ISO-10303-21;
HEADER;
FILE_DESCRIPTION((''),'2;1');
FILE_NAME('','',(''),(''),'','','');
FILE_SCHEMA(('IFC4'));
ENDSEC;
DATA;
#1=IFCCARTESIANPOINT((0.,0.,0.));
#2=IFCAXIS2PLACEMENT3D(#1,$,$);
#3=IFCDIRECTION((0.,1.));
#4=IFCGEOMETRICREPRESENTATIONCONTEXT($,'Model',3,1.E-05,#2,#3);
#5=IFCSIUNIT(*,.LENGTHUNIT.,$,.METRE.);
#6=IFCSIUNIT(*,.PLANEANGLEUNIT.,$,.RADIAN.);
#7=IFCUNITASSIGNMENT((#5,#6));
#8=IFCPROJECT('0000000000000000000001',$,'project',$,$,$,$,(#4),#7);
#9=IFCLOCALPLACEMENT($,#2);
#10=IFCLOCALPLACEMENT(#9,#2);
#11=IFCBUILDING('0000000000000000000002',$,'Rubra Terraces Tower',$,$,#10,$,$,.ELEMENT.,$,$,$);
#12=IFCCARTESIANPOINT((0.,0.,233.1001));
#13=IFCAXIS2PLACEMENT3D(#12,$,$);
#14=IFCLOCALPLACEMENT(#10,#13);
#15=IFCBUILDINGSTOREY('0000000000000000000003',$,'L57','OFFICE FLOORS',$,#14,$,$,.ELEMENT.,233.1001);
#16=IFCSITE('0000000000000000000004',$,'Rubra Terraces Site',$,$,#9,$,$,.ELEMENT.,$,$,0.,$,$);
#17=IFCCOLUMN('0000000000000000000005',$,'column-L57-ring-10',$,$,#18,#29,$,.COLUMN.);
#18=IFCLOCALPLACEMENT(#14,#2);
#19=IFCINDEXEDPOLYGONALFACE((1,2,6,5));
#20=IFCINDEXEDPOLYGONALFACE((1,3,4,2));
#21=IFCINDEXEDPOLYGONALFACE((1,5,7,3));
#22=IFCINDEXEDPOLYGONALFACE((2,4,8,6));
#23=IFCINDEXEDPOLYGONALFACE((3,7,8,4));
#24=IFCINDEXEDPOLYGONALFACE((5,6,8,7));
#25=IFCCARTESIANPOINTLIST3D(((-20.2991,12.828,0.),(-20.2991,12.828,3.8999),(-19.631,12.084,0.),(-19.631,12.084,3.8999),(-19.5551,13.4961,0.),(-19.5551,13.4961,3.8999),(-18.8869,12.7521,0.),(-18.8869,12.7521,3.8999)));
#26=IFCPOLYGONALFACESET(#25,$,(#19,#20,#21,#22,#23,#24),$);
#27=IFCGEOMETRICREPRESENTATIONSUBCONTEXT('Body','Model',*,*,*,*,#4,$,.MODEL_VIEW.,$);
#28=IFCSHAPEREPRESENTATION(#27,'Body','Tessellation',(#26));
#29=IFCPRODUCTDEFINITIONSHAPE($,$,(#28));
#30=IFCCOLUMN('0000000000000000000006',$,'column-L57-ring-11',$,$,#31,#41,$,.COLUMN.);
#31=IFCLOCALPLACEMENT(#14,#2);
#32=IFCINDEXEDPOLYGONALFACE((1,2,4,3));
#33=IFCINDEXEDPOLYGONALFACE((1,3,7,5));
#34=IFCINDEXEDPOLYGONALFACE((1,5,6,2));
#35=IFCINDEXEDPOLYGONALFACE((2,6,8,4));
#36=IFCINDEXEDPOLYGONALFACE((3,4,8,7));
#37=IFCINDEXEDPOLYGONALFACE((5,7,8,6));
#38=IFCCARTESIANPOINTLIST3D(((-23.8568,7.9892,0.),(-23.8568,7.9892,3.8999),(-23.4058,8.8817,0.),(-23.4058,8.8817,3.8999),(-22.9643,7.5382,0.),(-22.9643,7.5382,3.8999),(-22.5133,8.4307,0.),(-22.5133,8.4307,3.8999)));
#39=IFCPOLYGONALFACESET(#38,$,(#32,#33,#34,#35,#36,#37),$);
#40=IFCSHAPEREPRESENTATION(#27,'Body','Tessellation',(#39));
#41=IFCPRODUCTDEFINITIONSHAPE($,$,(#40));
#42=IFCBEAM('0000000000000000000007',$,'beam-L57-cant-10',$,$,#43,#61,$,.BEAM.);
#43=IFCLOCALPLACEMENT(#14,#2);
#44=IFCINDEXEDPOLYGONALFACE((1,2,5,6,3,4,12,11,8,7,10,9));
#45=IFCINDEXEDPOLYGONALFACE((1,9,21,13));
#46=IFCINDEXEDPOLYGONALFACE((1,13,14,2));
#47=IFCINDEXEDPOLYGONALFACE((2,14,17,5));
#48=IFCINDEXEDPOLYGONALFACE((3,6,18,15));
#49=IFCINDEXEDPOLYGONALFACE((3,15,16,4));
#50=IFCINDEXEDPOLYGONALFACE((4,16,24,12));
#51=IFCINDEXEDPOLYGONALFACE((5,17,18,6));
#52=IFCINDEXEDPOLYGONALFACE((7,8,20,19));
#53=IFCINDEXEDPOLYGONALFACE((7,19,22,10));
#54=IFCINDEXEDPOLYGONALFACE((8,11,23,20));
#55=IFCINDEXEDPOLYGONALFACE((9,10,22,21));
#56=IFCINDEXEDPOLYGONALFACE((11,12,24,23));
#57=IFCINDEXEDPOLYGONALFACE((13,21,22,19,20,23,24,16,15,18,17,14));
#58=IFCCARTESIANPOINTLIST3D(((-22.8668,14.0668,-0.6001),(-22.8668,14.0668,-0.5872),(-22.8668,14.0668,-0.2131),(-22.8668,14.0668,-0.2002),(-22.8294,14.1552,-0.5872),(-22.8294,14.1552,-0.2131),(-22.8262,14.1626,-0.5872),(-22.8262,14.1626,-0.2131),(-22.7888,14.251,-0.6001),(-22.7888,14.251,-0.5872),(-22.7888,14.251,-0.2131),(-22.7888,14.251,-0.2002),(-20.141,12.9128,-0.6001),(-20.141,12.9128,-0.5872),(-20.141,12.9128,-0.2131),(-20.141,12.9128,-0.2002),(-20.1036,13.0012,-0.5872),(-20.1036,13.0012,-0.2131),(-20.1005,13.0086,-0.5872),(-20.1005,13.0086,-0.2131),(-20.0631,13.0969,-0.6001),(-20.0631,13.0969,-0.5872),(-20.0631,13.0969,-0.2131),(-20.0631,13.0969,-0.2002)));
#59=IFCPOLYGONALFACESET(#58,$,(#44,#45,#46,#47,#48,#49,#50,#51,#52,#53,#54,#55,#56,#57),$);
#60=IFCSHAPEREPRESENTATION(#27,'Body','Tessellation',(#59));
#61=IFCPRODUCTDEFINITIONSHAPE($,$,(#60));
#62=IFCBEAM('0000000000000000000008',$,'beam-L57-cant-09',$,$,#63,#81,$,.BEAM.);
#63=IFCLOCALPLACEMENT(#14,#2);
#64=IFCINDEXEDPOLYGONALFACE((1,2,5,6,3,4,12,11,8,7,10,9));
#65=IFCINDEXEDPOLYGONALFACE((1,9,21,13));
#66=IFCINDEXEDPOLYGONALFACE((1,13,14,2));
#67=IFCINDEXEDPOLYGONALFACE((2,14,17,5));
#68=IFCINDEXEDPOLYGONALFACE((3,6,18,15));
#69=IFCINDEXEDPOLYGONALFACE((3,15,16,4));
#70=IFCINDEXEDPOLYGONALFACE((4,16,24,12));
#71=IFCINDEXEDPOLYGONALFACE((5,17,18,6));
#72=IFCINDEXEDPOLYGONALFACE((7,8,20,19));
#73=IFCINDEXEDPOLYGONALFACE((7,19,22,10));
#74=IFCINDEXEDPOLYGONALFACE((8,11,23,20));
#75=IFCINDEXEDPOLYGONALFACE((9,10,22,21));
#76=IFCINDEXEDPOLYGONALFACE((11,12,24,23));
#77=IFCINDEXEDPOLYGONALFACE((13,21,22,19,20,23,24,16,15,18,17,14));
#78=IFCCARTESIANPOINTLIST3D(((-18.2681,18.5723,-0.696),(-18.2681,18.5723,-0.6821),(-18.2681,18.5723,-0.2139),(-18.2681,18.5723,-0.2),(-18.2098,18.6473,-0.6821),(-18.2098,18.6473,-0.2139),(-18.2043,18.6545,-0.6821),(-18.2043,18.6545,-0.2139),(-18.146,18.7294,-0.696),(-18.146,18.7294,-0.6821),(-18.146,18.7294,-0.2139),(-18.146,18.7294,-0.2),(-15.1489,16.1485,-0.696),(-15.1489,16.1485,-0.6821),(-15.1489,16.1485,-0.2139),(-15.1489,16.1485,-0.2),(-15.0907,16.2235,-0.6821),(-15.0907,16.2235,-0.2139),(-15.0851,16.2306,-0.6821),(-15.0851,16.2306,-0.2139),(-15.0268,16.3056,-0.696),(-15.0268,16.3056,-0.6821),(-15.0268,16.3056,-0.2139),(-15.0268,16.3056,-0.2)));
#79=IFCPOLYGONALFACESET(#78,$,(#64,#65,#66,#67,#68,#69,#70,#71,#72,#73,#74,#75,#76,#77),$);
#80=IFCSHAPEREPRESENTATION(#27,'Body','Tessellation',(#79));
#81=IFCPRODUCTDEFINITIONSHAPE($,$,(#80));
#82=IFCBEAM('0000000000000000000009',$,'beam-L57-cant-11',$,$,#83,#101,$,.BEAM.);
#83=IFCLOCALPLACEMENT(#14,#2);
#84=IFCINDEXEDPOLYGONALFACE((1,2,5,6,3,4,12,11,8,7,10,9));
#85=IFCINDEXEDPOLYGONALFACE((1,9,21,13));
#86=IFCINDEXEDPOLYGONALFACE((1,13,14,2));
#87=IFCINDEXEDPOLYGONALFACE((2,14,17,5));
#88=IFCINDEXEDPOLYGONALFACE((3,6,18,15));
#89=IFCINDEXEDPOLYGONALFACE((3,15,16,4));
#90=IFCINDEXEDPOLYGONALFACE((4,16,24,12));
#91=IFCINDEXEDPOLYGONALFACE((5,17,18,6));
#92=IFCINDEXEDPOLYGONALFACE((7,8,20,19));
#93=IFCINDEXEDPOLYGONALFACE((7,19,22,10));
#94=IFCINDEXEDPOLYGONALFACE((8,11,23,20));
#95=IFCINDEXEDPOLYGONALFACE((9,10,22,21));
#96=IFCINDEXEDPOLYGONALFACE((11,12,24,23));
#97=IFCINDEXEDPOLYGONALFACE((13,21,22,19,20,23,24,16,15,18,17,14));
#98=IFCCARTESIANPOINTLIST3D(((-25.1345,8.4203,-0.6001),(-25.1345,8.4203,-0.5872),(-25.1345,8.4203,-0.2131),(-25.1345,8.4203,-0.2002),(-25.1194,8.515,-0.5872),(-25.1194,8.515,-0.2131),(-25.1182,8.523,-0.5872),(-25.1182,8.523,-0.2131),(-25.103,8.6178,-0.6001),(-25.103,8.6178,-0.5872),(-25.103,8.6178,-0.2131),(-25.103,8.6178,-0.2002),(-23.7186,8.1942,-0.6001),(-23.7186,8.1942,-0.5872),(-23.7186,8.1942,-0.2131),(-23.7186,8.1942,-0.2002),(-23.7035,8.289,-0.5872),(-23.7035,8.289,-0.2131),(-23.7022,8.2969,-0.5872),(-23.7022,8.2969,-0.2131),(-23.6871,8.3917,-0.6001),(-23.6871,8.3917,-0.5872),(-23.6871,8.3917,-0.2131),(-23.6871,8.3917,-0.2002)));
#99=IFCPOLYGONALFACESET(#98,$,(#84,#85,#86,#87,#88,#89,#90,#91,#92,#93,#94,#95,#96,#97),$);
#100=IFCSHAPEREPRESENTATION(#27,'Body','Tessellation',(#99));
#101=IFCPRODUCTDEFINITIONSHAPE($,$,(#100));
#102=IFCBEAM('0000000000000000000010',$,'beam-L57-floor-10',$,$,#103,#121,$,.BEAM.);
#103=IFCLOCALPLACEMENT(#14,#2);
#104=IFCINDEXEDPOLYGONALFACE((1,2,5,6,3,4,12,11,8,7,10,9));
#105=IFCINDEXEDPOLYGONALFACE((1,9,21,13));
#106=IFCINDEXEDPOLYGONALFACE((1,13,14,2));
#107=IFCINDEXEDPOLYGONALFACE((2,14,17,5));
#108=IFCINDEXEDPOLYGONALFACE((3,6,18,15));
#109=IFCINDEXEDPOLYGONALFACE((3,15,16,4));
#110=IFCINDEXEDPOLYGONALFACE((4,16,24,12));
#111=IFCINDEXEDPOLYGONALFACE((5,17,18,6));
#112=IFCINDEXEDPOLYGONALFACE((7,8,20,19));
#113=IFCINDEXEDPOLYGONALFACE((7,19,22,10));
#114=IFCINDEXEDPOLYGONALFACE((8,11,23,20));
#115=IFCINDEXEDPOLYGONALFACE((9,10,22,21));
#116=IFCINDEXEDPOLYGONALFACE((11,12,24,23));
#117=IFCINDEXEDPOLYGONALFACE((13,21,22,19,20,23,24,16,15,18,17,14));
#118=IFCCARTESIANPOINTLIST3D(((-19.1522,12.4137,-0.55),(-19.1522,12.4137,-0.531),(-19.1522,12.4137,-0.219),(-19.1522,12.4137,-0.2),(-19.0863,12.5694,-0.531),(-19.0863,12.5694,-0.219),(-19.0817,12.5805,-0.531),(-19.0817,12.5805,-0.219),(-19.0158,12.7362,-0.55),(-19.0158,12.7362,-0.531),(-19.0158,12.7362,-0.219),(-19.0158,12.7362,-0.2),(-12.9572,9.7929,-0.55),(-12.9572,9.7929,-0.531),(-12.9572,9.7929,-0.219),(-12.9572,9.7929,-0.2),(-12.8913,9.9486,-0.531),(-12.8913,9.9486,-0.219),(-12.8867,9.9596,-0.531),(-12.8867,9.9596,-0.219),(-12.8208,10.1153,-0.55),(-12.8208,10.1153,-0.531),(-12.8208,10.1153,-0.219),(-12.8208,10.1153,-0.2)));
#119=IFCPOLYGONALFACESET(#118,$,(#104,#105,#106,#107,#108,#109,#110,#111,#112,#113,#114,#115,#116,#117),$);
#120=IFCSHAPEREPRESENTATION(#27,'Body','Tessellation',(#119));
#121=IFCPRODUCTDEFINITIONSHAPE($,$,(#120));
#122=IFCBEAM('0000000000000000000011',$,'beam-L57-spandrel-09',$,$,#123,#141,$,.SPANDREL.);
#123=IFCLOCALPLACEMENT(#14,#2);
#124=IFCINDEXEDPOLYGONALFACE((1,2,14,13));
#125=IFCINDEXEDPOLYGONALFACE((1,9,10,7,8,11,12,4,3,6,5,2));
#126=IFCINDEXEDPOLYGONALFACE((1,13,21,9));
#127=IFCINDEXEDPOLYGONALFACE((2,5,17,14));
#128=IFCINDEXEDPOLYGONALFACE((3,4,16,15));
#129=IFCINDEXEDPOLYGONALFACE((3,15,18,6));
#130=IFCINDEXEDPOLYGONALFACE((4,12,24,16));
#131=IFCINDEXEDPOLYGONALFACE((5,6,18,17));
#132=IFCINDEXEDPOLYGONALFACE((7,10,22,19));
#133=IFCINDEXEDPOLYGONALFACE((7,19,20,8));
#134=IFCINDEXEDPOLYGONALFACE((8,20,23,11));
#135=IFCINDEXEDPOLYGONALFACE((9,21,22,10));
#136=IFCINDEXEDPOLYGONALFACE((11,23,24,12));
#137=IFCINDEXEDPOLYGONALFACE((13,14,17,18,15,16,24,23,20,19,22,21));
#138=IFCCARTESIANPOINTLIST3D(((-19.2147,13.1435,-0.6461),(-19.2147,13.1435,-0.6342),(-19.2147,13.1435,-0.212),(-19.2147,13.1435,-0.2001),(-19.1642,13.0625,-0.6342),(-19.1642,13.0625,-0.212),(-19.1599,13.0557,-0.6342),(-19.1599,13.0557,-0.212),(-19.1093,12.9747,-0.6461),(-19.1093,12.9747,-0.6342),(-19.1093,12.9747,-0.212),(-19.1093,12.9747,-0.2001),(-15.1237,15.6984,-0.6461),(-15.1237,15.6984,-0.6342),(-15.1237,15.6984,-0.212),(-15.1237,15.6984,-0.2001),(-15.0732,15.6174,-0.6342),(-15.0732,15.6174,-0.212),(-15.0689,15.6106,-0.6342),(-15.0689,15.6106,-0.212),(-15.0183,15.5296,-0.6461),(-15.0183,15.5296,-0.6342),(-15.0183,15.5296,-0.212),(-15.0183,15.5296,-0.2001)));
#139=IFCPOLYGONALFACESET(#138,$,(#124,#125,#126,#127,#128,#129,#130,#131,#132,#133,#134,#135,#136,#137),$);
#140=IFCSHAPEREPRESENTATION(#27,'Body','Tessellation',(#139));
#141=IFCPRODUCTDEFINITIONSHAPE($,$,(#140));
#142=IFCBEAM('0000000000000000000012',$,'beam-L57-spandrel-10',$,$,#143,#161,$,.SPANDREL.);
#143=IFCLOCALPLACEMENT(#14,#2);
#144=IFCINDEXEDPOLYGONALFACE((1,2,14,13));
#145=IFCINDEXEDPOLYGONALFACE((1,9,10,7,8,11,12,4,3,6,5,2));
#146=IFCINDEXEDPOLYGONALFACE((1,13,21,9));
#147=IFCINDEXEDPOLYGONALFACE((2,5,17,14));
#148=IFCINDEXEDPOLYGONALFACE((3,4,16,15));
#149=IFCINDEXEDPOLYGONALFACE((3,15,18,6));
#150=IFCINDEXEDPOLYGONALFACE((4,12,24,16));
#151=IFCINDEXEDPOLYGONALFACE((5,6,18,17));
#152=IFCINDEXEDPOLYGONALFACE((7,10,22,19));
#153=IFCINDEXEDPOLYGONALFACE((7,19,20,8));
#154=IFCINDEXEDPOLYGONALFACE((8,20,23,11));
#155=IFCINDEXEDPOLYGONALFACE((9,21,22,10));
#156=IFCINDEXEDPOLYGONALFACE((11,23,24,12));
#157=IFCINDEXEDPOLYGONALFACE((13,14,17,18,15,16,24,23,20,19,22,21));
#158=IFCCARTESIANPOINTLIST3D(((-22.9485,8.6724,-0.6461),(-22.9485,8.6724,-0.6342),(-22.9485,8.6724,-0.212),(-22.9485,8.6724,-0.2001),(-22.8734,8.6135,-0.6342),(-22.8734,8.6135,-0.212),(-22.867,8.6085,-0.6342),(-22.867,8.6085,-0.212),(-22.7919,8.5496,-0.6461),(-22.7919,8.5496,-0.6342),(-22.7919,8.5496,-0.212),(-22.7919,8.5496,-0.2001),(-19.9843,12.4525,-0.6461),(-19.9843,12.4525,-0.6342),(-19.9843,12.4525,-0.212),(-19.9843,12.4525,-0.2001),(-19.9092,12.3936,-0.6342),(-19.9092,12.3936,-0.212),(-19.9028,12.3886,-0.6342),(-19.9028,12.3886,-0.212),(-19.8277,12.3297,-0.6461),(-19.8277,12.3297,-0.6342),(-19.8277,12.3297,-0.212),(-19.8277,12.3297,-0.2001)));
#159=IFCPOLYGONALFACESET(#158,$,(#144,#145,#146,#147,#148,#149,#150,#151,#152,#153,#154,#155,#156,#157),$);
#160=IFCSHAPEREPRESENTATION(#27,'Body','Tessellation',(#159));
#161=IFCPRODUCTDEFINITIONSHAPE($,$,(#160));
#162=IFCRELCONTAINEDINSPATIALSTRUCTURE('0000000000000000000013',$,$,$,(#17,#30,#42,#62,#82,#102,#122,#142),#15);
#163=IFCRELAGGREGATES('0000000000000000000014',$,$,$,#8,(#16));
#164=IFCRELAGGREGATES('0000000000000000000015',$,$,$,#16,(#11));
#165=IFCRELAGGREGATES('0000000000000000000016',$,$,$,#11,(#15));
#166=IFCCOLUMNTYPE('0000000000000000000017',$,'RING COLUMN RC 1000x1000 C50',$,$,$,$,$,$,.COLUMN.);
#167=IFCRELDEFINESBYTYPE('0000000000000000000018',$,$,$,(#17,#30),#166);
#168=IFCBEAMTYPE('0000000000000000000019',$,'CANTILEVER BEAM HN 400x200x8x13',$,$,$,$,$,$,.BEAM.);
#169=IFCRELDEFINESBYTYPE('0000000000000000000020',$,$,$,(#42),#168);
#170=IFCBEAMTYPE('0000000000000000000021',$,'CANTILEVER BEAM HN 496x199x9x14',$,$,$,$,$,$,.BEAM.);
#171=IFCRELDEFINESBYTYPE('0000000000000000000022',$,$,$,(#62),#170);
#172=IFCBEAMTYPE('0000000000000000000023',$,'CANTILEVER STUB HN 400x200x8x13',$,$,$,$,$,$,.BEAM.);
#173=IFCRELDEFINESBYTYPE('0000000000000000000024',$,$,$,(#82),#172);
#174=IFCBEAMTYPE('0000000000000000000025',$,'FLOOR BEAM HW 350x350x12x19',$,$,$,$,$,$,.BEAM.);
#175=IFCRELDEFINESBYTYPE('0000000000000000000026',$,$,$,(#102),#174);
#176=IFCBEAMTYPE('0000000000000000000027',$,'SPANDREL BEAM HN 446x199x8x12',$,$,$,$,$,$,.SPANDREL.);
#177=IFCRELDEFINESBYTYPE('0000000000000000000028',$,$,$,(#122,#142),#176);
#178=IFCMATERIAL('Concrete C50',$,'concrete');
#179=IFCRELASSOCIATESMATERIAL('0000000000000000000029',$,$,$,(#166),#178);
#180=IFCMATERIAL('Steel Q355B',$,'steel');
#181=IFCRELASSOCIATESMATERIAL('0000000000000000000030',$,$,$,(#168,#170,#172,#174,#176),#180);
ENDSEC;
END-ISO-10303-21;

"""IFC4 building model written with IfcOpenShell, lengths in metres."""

from ifc_helpers import new_model, si_unit, direction, frame, origin, origin_2d, place, context, subcontext, project, spatial, rectangle, i_section, extrude, material, material_profile, profile_set, type_object, element, save


model = new_model("IFC4")

# Units and contexts
model_context = context("Model", 3, precision=1e-05, world=origin(), true_north=direction((0.0, 1.0)))
body_context = subcontext(model_context, "Body", "Model", "MODEL_VIEW")
ifc_project = project(units=[si_unit("LENGTHUNIT", "METRE"), si_unit("PLANEANGLEUNIT", "RADIAN")], contexts=[model_context])

# Site, building, storey
site_placement = place(None, origin())
site = spatial("IfcSite", under=ifc_project, at=site_placement, Name="Rubra Terraces Site", CompositionType="ELEMENT", RefElevation=0.0)
building_placement = place(site_placement, origin())
building = spatial("IfcBuilding", under=site, at=building_placement, Name="Rubra Terraces Tower", CompositionType="ELEMENT")
storey_placement = place(building_placement, frame((0.0, 0.0, 233.1001)))
storey = spatial("IfcBuildingStorey", under=building, at=storey_placement, Name="L57", Description="OFFICE FLOORS", CompositionType="ELEMENT", Elevation=233.1001)

# Columns
ifc_material_1 = material(Name="Concrete C50", Category="concrete")
ifc_material_profile_1 = material_profile(ifc_material_1, rectangle(XDim=1.0, YDim=1.0, at=origin_2d()), Name="RC 1000x1000")
ifc_profile_set_1 = profile_set([ifc_material_profile_1], Name="Concrete C50")
column_type = type_object("IfcColumnType", Name="RING COLUMN RC 1000x1000 C50", PredefinedType="COLUMN", material=ifc_profile_set_1)
for number, where, z_axis, x_axis, name in (
    (1, (-19.593, 12.79, 0.0), (0.0, 0.0, 1.0), (-0.744021, -0.668156, 0.0), "column-L57-ring-10"),
    (2, (-23.1851, 8.21, 0.0), (0.0, 0.0, 1.0), (-0.451028, -0.89251, 0.0), "column-L57-ring-11"),
):
    element("IfcColumn", number, at=place(storey_placement, frame(where, z_axis=z_axis, x_axis=x_axis)), inside=storey, type_object=column_type, Name=name, PredefinedType="COLUMN", context=body_context, shape_type="SweptSolid", body=[
        extrude(rectangle(XDim=1.0, YDim=1.0, at=origin_2d()), origin(), (0.0, 0.0, 1.0), 3.8999),
    ])

# Beams
ifc_material_2 = material(Name="Steel Q355B", Category="steel")
ifc_material_profile_2 = material_profile(ifc_material_2, i_section(OverallWidth=0.2, OverallDepth=0.3999, WebThickness=0.0081, FlangeThickness=0.0129, at=origin_2d()), Name="HN 400x200x8x13")
ifc_profile_set_2 = profile_set([ifc_material_profile_2], Name="Steel Q355B")
beam_type_1 = type_object("IfcBeamType", Name="CANTILEVER BEAM HN 400x200x8x13", PredefinedType="BEAM", material=ifc_profile_set_2)
beam_1_placement = place(storey_placement, frame((-20.1021, 13.0049, -0.4001), z_axis=(-0.920868, 0.389874, 0.0), x_axis=(-0.389874, -0.920868, 0.0)))
element("IfcBeam", 3, at=beam_1_placement, inside=storey, type_object=beam_type_1, Name="beam-L57-cant-10", PredefinedType="BEAM", context=body_context, shape_type="SweptSolid", body=[
    extrude(i_section(OverallWidth=0.2, OverallDepth=0.3999, WebThickness=0.0081, FlangeThickness=0.0129, at=origin_2d()), origin(), (0.0, 0.0, 1.0), 2.96),
])
ifc_material_profile_3 = material_profile(ifc_material_2, i_section(OverallWidth=0.199, OverallDepth=0.4961, WebThickness=0.009, FlangeThickness=0.0139, at=origin_2d()), Name="HN 496x199x9x14")
ifc_profile_set_3 = profile_set([ifc_material_profile_3], Name="Steel Q355B")
beam_type_2 = type_object("IfcBeamType", Name="CANTILEVER BEAM HN 496x199x9x14", PredefinedType="BEAM", material=ifc_profile_set_3)
beam_2_placement = place(storey_placement, frame((-15.0879, 16.2271, -0.448), z_axis=(-0.789618, 0.613598, 0.0), x_axis=(-0.613598, -0.789618, 0.0)))
element("IfcBeam", 4, at=beam_2_placement, inside=storey, type_object=beam_type_2, Name="beam-L57-cant-09", PredefinedType="BEAM", context=body_context, shape_type="SweptSolid", body=[
    extrude(i_section(OverallWidth=0.199, OverallDepth=0.4961, WebThickness=0.009, FlangeThickness=0.0139, at=origin_2d()), origin(), (0.0, 0.0, 1.0), 3.9502),
])
ifc_material_profile_4 = material_profile(ifc_material_2, i_section(OverallWidth=0.2, OverallDepth=0.3999, WebThickness=0.0081, FlangeThickness=0.0129, at=origin_2d()), Name="HN 400x200x8x13")
ifc_profile_set_4 = profile_set([ifc_material_profile_4], Name="Steel Q355B")
beam_type_3 = type_object("IfcBeamType", Name="CANTILEVER STUB HN 400x200x8x13", PredefinedType="BEAM", material=ifc_profile_set_4)
beam_3_placement = place(storey_placement, frame((-23.7029, 8.293, -0.4001), z_axis=(-0.987494, 0.157658, 0.0), x_axis=(-0.157658, -0.987494, 0.0)))
element("IfcBeam", 5, at=beam_3_placement, inside=storey, type_object=beam_type_3, Name="beam-L57-cant-11", PredefinedType="BEAM", context=body_context, shape_type="SweptSolid", body=[
    extrude(i_section(OverallWidth=0.2, OverallDepth=0.3999, WebThickness=0.0081, FlangeThickness=0.0129, at=origin_2d()), origin(), (0.0, 0.0, 1.0), 1.4338),
])
ifc_material_profile_5 = material_profile(ifc_material_2, i_section(OverallWidth=0.3501, OverallDepth=0.3501, WebThickness=0.012, FlangeThickness=0.019, at=origin_2d()), Name="HW 350x350x12x19")
ifc_profile_set_5 = profile_set([ifc_material_profile_5], Name="Steel Q355B")
beam_type_4 = type_object("IfcBeamType", Name="FLOOR BEAM HW 350x350x12x19", PredefinedType="BEAM", material=ifc_profile_set_5)
beam_4_placement = place(storey_placement, frame((-19.084, 12.575, -0.375), z_axis=(0.920975, -0.389622, 0.0), x_axis=(0.389622, 0.920975, 0.0)))
element("IfcBeam", 6, at=beam_4_placement, inside=storey, type_object=beam_type_4, Name="beam-L57-floor-10", PredefinedType="BEAM", context=body_context, shape_type="SweptSolid", body=[
    extrude(i_section(OverallWidth=0.3501, OverallDepth=0.3501, WebThickness=0.012, FlangeThickness=0.019, at=origin_2d()), origin(), (0.0, 0.0, 1.0), 6.7266),
])
ifc_material_profile_6 = material_profile(ifc_material_2, i_section(OverallWidth=0.199, OverallDepth=0.446, WebThickness=0.0081, FlangeThickness=0.012, at=origin_2d()), Name="HN 446x199x8x12")
ifc_profile_set_6 = profile_set([ifc_material_profile_6], Name="Steel Q355B")
beam_type_5 = type_object("IfcBeamType", Name="SPANDREL BEAM HN 446x199x8x12", PredefinedType="SPANDREL", material=ifc_profile_set_6)
beam_5_placement = place(storey_placement, frame((-15.071, 15.614, -0.4231), z_axis=(-0.848183, -0.529703, 0.0), x_axis=(0.529703, -0.848183, 0.0)))
element("IfcBeam", 7, at=beam_5_placement, inside=storey, type_object=beam_type_5, Name="beam-L57-spandrel-09", PredefinedType="SPANDREL", context=body_context, shape_type="SweptSolid", body=[
    extrude(i_section(OverallWidth=0.199, OverallDepth=0.446, WebThickness=0.0081, FlangeThickness=0.012, at=origin_2d()), origin(), (0.0, 0.0, 1.0), 4.8232),
])
beam_6_placement = place(storey_placement, frame((-19.906, 12.3911, -0.4231), z_axis=(-0.61706, -0.786916, 0.0), x_axis=(0.786916, -0.61706, 0.0)))
element("IfcBeam", 8, at=beam_6_placement, inside=storey, type_object=beam_type_5, Name="beam-L57-spandrel-10", PredefinedType="SPANDREL", context=body_context, shape_type="SweptSolid", body=[
    extrude(i_section(OverallWidth=0.199, OverallDepth=0.446, WebThickness=0.0081, FlangeThickness=0.012, at=origin_2d()), origin(), (0.0, 0.0, 1.0), 4.8037),
])

save(model, "model.ifc")
